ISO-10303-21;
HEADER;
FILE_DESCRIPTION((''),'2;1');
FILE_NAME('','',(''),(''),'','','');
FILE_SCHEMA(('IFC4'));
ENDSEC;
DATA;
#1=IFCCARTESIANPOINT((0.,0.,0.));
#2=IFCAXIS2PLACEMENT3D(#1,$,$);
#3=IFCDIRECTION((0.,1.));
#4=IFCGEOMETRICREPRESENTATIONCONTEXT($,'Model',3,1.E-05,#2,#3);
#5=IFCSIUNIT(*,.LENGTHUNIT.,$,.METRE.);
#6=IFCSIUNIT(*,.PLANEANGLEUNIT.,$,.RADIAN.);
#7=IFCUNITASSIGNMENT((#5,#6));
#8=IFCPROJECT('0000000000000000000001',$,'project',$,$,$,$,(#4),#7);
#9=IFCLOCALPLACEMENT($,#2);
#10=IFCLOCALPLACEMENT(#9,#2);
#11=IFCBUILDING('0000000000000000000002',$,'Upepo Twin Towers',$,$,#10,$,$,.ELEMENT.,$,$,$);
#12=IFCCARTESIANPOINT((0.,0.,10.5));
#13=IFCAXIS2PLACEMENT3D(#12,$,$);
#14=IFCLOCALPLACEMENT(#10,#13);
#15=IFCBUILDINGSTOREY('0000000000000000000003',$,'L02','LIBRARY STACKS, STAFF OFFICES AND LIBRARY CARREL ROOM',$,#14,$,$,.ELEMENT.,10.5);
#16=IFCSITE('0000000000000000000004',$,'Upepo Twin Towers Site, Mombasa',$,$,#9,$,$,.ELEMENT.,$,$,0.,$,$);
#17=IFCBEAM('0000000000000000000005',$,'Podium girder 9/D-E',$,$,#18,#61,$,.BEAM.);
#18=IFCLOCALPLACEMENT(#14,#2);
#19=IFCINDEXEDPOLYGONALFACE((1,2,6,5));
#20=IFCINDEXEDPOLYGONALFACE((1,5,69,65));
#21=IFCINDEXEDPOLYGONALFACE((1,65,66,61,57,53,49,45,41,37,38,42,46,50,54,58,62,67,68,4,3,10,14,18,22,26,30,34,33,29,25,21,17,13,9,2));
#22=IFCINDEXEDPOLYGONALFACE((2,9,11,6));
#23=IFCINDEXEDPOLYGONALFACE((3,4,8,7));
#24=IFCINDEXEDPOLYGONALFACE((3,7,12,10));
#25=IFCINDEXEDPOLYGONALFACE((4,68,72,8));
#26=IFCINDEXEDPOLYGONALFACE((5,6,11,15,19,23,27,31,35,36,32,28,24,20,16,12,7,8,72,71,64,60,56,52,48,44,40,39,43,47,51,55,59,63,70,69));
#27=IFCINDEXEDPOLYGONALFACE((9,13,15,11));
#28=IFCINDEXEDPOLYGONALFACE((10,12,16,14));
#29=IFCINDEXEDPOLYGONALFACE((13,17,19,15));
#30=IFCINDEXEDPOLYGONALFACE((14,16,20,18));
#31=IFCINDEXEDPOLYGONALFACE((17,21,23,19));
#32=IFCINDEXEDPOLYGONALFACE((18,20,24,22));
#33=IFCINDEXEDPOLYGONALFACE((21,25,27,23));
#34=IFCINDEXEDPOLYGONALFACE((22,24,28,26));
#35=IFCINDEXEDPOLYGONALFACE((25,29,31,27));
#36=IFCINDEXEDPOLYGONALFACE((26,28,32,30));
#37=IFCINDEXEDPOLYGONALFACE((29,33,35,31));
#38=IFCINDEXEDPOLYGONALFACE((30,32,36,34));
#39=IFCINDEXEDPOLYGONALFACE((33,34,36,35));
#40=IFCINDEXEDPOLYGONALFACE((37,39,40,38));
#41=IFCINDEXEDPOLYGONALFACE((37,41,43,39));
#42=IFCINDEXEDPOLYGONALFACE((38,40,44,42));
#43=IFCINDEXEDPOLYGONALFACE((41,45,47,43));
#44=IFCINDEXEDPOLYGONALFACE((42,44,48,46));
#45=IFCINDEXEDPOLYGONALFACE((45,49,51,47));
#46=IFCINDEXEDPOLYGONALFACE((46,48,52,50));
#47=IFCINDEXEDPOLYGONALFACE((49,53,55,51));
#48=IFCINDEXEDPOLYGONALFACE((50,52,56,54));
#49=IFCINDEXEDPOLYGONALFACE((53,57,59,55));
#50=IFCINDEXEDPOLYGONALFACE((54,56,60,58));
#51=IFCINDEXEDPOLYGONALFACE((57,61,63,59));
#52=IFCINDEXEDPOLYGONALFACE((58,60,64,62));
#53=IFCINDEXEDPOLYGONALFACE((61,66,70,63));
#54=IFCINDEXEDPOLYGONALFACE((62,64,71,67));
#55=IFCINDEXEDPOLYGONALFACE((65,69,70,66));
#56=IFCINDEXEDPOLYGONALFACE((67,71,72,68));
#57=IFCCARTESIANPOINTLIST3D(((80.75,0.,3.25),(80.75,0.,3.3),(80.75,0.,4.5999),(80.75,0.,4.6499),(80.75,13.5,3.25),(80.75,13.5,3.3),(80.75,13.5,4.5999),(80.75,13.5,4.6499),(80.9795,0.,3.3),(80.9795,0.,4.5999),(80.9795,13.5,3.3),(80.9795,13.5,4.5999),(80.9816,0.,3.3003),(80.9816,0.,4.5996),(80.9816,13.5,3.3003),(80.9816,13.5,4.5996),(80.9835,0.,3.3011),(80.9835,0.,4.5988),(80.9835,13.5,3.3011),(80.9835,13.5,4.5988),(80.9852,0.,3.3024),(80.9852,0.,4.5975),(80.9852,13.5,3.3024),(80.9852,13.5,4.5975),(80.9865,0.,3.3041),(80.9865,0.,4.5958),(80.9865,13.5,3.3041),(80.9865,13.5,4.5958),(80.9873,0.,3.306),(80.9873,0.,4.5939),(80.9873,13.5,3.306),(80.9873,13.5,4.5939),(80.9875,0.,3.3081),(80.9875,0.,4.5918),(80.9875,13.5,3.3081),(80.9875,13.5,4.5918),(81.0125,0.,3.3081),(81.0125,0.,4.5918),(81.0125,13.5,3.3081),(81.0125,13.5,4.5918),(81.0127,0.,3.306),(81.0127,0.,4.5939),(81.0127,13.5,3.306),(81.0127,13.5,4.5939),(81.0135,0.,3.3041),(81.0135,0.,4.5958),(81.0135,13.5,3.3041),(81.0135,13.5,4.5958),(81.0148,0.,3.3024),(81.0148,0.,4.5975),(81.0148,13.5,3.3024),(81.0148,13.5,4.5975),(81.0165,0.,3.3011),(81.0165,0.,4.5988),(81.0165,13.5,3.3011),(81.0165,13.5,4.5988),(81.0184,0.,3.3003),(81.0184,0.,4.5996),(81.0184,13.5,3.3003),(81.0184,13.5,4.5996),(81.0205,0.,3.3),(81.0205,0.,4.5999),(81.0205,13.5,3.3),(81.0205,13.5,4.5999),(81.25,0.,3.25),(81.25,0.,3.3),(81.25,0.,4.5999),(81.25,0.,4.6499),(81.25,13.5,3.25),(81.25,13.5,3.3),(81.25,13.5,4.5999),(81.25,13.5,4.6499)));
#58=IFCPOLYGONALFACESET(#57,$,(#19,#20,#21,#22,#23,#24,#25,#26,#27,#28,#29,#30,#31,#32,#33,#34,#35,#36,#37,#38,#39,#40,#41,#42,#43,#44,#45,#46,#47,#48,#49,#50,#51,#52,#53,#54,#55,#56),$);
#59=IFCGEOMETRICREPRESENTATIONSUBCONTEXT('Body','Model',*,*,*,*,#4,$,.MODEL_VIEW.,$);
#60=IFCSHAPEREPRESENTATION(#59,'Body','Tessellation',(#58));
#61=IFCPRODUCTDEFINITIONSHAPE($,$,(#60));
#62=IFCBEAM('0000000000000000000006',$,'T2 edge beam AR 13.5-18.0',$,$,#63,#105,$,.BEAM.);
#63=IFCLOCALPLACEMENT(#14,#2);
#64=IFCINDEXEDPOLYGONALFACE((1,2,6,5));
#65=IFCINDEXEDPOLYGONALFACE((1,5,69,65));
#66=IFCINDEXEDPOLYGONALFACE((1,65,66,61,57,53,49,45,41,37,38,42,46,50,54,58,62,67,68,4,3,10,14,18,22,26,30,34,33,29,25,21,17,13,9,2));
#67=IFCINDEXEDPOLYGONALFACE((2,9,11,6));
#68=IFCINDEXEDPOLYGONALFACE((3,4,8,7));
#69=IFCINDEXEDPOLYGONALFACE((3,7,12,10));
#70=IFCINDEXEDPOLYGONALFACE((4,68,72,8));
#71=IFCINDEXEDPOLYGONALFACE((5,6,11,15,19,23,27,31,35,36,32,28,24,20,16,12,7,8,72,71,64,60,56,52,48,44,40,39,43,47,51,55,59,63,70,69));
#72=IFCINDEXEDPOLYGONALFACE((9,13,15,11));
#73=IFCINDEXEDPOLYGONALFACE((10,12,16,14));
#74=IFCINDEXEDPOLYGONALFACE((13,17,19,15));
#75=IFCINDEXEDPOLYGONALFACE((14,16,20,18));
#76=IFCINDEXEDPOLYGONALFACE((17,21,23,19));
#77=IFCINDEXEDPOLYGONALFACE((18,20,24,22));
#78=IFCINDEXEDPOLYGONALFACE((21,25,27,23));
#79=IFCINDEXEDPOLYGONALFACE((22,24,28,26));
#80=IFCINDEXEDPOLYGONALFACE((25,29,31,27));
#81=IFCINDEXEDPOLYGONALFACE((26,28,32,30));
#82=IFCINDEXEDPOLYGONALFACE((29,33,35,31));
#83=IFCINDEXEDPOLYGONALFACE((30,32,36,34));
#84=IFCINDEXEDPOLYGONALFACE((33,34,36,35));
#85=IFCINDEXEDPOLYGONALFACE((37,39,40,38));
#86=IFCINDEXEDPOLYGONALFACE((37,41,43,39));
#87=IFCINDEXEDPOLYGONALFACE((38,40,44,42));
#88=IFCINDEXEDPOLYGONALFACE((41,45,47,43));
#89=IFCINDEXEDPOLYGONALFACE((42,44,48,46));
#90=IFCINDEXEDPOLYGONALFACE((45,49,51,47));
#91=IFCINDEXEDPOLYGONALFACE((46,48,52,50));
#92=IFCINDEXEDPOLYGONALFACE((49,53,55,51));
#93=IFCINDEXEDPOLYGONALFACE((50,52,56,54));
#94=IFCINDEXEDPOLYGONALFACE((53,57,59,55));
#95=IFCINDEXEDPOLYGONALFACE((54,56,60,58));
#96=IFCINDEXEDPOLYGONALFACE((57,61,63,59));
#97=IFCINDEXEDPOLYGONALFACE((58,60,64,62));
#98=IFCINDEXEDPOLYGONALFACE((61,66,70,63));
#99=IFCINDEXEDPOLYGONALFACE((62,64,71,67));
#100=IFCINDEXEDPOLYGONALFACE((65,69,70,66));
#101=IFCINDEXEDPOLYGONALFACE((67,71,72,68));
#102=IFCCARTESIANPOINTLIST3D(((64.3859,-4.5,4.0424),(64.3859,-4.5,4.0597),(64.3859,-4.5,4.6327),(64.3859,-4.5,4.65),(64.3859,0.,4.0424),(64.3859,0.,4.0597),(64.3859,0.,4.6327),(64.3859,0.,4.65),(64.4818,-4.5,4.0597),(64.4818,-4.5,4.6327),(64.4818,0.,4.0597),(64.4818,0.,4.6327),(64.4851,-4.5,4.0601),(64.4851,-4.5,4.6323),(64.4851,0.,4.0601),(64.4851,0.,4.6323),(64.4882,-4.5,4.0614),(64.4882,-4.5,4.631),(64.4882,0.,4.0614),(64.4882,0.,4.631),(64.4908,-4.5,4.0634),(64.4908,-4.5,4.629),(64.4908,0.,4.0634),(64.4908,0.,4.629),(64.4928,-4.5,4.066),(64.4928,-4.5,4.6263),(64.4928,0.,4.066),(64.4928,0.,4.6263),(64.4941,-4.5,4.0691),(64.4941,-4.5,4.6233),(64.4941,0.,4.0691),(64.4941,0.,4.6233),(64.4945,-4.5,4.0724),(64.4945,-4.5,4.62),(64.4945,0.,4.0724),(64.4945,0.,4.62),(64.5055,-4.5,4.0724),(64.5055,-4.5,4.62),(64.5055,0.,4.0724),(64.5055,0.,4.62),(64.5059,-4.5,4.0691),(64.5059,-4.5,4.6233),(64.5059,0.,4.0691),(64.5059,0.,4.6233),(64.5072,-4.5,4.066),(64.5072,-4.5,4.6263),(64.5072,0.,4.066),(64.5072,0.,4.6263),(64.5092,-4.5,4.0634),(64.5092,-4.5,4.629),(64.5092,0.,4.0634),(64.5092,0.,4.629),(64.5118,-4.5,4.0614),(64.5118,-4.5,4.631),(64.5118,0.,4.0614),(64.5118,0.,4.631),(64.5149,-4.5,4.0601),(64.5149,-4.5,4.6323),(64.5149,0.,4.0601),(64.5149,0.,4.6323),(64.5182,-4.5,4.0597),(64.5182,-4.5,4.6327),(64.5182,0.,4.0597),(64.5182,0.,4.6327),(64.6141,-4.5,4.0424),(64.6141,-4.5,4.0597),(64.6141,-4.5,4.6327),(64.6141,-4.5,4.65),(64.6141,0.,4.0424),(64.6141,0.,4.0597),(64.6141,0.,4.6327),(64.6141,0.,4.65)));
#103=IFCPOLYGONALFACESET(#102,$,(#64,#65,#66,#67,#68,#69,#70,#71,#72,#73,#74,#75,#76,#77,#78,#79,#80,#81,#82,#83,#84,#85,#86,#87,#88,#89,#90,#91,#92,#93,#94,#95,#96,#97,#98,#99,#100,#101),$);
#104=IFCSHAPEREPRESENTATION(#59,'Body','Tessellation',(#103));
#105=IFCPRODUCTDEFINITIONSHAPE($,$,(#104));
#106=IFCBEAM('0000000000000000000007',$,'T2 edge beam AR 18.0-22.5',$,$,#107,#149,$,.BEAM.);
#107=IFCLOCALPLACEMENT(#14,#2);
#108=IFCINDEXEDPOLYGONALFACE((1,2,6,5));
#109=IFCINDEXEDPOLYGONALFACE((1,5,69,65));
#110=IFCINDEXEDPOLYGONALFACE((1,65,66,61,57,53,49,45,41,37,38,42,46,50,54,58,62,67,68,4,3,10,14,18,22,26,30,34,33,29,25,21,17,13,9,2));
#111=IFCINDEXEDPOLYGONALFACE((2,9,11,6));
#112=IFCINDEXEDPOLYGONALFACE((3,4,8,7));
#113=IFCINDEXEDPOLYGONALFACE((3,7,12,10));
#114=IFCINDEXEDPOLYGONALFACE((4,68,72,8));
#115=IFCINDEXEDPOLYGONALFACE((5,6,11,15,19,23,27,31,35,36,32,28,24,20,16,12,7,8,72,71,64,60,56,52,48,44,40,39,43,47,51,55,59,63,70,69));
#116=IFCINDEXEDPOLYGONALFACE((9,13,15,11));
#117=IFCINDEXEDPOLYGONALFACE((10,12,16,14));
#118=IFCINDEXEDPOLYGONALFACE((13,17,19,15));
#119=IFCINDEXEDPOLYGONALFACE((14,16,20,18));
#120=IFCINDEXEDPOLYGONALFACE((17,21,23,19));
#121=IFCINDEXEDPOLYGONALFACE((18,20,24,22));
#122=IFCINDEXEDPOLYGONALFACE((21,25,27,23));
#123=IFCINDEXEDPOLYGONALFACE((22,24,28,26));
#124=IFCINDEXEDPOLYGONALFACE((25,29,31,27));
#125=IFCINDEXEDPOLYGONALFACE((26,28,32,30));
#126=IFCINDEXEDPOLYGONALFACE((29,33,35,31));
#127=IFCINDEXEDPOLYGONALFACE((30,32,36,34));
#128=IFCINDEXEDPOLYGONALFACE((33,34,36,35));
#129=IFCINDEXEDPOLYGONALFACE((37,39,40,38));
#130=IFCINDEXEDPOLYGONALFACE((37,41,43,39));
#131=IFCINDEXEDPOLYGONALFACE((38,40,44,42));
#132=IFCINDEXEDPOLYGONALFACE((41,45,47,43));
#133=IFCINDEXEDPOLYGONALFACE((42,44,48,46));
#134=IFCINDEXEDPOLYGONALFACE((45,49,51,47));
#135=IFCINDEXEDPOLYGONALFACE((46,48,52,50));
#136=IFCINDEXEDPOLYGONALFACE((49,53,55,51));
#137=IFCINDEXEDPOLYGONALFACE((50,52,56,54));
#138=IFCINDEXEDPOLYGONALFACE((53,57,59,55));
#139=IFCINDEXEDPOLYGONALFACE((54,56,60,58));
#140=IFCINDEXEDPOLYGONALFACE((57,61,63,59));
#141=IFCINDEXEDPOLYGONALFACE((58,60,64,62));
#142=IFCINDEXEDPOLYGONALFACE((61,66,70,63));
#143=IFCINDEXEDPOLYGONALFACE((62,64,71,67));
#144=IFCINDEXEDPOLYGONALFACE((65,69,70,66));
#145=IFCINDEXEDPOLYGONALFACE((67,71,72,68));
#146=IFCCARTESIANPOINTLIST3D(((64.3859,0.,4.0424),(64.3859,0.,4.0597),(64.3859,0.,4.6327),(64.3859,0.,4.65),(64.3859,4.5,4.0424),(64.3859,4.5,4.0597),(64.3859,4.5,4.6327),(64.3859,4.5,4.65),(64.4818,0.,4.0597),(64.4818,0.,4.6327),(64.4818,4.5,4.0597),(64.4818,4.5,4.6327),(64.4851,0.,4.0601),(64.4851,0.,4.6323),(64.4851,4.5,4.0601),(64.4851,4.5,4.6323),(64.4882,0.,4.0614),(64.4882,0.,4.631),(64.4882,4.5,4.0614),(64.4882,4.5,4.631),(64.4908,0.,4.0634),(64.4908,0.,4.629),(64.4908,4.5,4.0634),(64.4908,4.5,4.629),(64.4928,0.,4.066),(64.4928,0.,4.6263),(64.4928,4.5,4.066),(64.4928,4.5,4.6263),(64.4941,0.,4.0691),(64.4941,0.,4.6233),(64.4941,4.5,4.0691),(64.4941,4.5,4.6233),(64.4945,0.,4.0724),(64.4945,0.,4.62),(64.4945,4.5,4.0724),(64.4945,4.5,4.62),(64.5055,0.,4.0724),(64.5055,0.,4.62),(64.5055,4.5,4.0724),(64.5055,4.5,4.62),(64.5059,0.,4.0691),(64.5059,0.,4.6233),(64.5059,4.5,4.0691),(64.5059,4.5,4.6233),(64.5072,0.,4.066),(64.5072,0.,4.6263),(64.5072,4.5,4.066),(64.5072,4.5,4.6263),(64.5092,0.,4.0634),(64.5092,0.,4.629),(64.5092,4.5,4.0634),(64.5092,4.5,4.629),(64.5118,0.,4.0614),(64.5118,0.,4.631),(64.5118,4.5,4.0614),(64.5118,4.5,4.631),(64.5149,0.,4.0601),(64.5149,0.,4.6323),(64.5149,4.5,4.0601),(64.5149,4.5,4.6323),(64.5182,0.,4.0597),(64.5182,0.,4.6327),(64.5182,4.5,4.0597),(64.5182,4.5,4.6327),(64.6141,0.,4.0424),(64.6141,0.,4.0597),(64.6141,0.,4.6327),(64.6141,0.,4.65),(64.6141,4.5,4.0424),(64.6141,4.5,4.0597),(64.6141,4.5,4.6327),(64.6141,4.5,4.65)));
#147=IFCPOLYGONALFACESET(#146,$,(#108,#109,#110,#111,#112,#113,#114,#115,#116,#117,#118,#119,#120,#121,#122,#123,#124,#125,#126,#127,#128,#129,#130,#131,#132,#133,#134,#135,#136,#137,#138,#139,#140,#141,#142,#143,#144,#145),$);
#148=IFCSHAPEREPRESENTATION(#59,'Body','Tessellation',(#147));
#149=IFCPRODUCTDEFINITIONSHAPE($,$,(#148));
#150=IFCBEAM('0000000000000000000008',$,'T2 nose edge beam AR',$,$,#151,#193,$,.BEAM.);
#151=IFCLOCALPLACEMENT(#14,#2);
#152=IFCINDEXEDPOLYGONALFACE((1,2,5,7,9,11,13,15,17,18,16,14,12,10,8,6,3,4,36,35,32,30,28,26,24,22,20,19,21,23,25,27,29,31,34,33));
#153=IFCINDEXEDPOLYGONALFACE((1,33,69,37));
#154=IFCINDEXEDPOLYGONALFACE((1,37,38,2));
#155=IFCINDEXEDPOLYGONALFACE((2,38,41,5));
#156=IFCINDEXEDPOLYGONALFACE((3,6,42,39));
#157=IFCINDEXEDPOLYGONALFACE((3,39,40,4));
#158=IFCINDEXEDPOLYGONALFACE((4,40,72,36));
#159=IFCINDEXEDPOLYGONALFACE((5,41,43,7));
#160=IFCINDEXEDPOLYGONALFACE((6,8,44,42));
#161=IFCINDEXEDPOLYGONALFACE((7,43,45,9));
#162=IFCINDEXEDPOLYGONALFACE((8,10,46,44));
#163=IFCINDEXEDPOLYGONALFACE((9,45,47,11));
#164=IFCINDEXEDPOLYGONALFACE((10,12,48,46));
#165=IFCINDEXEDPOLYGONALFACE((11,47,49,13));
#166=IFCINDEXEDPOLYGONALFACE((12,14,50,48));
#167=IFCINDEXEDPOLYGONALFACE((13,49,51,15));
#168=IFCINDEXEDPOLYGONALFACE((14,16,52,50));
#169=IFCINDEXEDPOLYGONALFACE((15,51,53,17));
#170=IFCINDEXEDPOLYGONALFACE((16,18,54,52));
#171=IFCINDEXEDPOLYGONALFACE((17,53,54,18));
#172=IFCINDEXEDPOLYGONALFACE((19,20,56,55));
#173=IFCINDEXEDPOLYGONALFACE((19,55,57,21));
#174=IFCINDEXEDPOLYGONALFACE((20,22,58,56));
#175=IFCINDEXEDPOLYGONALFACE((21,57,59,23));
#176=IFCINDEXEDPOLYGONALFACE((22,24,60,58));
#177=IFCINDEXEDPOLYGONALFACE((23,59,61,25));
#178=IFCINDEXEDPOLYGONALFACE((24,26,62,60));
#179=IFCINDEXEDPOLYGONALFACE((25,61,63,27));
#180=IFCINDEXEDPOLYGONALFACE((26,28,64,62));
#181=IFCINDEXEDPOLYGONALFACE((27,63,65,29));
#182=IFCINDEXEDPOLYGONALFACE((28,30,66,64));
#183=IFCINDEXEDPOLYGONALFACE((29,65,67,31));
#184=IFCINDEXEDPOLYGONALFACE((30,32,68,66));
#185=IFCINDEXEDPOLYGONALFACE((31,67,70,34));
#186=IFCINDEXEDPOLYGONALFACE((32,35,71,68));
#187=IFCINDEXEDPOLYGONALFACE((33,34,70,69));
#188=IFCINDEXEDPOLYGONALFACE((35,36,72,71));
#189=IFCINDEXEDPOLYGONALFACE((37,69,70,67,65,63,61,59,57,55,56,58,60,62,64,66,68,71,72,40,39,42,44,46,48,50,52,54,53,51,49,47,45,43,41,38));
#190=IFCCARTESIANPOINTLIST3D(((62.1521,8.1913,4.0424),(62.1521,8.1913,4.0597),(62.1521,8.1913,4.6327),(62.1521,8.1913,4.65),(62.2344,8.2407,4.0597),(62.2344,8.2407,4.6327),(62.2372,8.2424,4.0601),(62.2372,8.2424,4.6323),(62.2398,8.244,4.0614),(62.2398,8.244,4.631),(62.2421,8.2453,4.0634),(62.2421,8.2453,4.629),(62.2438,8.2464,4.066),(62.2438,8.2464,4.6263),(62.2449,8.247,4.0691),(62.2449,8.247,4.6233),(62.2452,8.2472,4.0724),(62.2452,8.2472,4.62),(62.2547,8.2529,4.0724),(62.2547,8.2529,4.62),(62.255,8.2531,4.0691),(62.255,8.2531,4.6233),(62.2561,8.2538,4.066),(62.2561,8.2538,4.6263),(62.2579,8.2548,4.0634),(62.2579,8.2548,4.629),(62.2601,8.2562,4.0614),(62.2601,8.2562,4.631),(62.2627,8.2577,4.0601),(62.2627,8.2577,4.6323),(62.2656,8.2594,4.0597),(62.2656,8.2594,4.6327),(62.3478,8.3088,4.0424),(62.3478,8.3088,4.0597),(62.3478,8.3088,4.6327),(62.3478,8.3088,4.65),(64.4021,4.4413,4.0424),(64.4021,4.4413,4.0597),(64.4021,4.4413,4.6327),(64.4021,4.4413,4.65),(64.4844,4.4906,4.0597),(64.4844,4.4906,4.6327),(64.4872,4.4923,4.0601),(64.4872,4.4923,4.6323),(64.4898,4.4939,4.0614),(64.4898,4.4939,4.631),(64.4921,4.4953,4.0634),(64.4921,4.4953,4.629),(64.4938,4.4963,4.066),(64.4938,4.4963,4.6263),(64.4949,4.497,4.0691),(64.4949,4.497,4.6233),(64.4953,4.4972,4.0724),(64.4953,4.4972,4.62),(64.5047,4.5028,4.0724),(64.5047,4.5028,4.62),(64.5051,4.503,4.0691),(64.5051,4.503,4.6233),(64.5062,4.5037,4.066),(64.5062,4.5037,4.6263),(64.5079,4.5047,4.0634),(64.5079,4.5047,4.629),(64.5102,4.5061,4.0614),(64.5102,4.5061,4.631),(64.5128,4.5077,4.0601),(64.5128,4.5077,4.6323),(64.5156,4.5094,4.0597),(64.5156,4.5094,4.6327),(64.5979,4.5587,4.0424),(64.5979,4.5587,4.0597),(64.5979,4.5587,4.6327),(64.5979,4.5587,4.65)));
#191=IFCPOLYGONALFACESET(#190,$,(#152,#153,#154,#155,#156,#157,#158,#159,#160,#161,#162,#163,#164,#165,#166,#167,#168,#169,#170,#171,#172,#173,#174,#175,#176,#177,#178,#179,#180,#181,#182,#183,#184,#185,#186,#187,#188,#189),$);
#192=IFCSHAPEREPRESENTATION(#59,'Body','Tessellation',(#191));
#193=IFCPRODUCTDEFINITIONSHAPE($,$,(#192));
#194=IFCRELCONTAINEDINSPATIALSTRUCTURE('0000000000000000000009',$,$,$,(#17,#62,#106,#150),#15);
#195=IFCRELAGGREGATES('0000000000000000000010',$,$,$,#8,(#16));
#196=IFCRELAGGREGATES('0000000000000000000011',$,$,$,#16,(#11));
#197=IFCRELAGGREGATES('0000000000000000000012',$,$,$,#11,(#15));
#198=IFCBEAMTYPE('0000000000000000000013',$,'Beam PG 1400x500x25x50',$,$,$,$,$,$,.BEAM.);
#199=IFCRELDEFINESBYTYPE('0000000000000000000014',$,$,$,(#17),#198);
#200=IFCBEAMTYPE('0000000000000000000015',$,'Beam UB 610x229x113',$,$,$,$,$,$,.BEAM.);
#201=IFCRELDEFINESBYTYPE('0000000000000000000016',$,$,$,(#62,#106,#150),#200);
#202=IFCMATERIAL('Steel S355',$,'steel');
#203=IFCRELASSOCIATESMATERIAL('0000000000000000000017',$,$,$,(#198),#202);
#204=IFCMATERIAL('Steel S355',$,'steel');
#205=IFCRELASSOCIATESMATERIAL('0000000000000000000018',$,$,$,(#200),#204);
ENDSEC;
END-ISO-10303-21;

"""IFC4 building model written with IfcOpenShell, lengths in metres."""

from ifc_helpers import new_model, si_unit, direction, frame, origin, origin_2d, place, context, subcontext, project, spatial, i_section, extrude, material, material_profile, profile_set, type_object, element, save


model = new_model("IFC4")

# Units and contexts
model_context = context("Model", 3, precision=1e-05, world=origin(), true_north=direction((0.0, 1.0)))
body_context = subcontext(model_context, "Body", "Model", "MODEL_VIEW")
ifc_project = project(units=[si_unit("LENGTHUNIT", "METRE"), si_unit("PLANEANGLEUNIT", "RADIAN")], contexts=[model_context])

# Site, building, storey
site_placement = place(None, origin())
site = spatial("IfcSite", under=ifc_project, at=site_placement, Name="Upepo Twin Towers Site, Mombasa", CompositionType="ELEMENT", RefElevation=0.0)
building_placement = place(site_placement, origin())
building = spatial("IfcBuilding", under=site, at=building_placement, Name="Upepo Twin Towers", CompositionType="ELEMENT")
storey_placement = place(building_placement, frame((0.0, 0.0, 10.5)))
storey = spatial("IfcBuildingStorey", under=building, at=storey_placement, Name="L02", Description="LIBRARY STACKS, STAFF OFFICES AND LIBRARY CARREL ROOM", CompositionType="ELEMENT", Elevation=10.5)

# Beams
ifc_material_1 = material(Name="Steel S355", Category="steel")
ifc_material_profile_1 = material_profile(ifc_material_1, i_section(OverallWidth=0.5, OverallDepth=1.3999, WebThickness=0.0249, FlangeThickness=0.05, FilletRadius=0.0081, at=origin_2d()), Name="PG 1400x500x25x50")
ifc_profile_set_1 = profile_set([ifc_material_profile_1], Name="Steel S355")
beam_type_1 = type_object("IfcBeamType", Name="Beam PG 1400x500x25x50", PredefinedType="BEAM", material=ifc_profile_set_1)
for number, where, z_axis, x_axis, name in (
    (1, (81.0, 0.0, 3.95), (0.0, 1.0, 0.0), (-1.0, 0.0, 0.0), "Podium girder 9/D-E"),
):
    element("IfcBeam", number, at=place(storey_placement, frame(where, z_axis=z_axis, x_axis=x_axis)), inside=storey, type_object=beam_type_1, Name=name, PredefinedType="BEAM", context=body_context, shape_type="SweptSolid", body=[
        extrude(i_section(OverallWidth=0.5, OverallDepth=1.3999, WebThickness=0.0249, FlangeThickness=0.05, FilletRadius=0.0081, at=origin_2d()), origin(), (0.0, 0.0, 1.0), 13.5),
    ])
ifc_material_2 = material(Name="Steel S355", Category="steel")
ifc_material_profile_2 = material_profile(ifc_material_2, i_section(OverallWidth=0.2283, OverallDepth=0.6077, WebThickness=0.011, FlangeThickness=0.0173, FilletRadius=0.0127, at=origin_2d()), Name="UB 610x229x113")
ifc_profile_set_2 = profile_set([ifc_material_profile_2], Name="Steel S355")
beam_type_2 = type_object("IfcBeamType", Name="Beam UB 610x229x113", PredefinedType="BEAM", material=ifc_profile_set_2)
for number, where, z_axis, x_axis, name in (
    (2, (64.5, -4.5, 4.3462), (0.0, 1.0, 0.0), (-1.0, 0.0, 0.0), "T2 edge beam AR 13.5-18.0"),
    (3, (64.5, 0.0, 4.3462), (0.0, 1.0, 0.0), (-1.0, 0.0, 0.0), "T2 edge beam AR 18.0-22.5"),
):
    element("IfcBeam", number, at=place(storey_placement, frame(where, z_axis=z_axis, x_axis=x_axis)), inside=storey, type_object=beam_type_2, Name=name, PredefinedType="BEAM", context=body_context, shape_type="SweptSolid", body=[
        extrude(i_section(OverallWidth=0.2283, OverallDepth=0.6077, WebThickness=0.011, FlangeThickness=0.0173, FilletRadius=0.0127, at=origin_2d()), origin(), (0.0, 0.0, 1.0), 4.5),
    ])
beam_placement = place(storey_placement, frame((64.5, 4.5, 4.3462), z_axis=(-0.514496, 0.857493, 0.0), x_axis=(-0.857493, -0.514496, 0.0)))
element("IfcBeam", 4, at=beam_placement, inside=storey, type_object=beam_type_2, Name="T2 nose edge beam AR", PredefinedType="BEAM", context=body_context, shape_type="SweptSolid", body=[
    extrude(i_section(OverallWidth=0.2283, OverallDepth=0.6077, WebThickness=0.011, FlangeThickness=0.0173, FilletRadius=0.0127, at=origin_2d()), origin(), (0.0, 0.0, 1.0), 4.3733),
])

save(model, "model.ifc")
